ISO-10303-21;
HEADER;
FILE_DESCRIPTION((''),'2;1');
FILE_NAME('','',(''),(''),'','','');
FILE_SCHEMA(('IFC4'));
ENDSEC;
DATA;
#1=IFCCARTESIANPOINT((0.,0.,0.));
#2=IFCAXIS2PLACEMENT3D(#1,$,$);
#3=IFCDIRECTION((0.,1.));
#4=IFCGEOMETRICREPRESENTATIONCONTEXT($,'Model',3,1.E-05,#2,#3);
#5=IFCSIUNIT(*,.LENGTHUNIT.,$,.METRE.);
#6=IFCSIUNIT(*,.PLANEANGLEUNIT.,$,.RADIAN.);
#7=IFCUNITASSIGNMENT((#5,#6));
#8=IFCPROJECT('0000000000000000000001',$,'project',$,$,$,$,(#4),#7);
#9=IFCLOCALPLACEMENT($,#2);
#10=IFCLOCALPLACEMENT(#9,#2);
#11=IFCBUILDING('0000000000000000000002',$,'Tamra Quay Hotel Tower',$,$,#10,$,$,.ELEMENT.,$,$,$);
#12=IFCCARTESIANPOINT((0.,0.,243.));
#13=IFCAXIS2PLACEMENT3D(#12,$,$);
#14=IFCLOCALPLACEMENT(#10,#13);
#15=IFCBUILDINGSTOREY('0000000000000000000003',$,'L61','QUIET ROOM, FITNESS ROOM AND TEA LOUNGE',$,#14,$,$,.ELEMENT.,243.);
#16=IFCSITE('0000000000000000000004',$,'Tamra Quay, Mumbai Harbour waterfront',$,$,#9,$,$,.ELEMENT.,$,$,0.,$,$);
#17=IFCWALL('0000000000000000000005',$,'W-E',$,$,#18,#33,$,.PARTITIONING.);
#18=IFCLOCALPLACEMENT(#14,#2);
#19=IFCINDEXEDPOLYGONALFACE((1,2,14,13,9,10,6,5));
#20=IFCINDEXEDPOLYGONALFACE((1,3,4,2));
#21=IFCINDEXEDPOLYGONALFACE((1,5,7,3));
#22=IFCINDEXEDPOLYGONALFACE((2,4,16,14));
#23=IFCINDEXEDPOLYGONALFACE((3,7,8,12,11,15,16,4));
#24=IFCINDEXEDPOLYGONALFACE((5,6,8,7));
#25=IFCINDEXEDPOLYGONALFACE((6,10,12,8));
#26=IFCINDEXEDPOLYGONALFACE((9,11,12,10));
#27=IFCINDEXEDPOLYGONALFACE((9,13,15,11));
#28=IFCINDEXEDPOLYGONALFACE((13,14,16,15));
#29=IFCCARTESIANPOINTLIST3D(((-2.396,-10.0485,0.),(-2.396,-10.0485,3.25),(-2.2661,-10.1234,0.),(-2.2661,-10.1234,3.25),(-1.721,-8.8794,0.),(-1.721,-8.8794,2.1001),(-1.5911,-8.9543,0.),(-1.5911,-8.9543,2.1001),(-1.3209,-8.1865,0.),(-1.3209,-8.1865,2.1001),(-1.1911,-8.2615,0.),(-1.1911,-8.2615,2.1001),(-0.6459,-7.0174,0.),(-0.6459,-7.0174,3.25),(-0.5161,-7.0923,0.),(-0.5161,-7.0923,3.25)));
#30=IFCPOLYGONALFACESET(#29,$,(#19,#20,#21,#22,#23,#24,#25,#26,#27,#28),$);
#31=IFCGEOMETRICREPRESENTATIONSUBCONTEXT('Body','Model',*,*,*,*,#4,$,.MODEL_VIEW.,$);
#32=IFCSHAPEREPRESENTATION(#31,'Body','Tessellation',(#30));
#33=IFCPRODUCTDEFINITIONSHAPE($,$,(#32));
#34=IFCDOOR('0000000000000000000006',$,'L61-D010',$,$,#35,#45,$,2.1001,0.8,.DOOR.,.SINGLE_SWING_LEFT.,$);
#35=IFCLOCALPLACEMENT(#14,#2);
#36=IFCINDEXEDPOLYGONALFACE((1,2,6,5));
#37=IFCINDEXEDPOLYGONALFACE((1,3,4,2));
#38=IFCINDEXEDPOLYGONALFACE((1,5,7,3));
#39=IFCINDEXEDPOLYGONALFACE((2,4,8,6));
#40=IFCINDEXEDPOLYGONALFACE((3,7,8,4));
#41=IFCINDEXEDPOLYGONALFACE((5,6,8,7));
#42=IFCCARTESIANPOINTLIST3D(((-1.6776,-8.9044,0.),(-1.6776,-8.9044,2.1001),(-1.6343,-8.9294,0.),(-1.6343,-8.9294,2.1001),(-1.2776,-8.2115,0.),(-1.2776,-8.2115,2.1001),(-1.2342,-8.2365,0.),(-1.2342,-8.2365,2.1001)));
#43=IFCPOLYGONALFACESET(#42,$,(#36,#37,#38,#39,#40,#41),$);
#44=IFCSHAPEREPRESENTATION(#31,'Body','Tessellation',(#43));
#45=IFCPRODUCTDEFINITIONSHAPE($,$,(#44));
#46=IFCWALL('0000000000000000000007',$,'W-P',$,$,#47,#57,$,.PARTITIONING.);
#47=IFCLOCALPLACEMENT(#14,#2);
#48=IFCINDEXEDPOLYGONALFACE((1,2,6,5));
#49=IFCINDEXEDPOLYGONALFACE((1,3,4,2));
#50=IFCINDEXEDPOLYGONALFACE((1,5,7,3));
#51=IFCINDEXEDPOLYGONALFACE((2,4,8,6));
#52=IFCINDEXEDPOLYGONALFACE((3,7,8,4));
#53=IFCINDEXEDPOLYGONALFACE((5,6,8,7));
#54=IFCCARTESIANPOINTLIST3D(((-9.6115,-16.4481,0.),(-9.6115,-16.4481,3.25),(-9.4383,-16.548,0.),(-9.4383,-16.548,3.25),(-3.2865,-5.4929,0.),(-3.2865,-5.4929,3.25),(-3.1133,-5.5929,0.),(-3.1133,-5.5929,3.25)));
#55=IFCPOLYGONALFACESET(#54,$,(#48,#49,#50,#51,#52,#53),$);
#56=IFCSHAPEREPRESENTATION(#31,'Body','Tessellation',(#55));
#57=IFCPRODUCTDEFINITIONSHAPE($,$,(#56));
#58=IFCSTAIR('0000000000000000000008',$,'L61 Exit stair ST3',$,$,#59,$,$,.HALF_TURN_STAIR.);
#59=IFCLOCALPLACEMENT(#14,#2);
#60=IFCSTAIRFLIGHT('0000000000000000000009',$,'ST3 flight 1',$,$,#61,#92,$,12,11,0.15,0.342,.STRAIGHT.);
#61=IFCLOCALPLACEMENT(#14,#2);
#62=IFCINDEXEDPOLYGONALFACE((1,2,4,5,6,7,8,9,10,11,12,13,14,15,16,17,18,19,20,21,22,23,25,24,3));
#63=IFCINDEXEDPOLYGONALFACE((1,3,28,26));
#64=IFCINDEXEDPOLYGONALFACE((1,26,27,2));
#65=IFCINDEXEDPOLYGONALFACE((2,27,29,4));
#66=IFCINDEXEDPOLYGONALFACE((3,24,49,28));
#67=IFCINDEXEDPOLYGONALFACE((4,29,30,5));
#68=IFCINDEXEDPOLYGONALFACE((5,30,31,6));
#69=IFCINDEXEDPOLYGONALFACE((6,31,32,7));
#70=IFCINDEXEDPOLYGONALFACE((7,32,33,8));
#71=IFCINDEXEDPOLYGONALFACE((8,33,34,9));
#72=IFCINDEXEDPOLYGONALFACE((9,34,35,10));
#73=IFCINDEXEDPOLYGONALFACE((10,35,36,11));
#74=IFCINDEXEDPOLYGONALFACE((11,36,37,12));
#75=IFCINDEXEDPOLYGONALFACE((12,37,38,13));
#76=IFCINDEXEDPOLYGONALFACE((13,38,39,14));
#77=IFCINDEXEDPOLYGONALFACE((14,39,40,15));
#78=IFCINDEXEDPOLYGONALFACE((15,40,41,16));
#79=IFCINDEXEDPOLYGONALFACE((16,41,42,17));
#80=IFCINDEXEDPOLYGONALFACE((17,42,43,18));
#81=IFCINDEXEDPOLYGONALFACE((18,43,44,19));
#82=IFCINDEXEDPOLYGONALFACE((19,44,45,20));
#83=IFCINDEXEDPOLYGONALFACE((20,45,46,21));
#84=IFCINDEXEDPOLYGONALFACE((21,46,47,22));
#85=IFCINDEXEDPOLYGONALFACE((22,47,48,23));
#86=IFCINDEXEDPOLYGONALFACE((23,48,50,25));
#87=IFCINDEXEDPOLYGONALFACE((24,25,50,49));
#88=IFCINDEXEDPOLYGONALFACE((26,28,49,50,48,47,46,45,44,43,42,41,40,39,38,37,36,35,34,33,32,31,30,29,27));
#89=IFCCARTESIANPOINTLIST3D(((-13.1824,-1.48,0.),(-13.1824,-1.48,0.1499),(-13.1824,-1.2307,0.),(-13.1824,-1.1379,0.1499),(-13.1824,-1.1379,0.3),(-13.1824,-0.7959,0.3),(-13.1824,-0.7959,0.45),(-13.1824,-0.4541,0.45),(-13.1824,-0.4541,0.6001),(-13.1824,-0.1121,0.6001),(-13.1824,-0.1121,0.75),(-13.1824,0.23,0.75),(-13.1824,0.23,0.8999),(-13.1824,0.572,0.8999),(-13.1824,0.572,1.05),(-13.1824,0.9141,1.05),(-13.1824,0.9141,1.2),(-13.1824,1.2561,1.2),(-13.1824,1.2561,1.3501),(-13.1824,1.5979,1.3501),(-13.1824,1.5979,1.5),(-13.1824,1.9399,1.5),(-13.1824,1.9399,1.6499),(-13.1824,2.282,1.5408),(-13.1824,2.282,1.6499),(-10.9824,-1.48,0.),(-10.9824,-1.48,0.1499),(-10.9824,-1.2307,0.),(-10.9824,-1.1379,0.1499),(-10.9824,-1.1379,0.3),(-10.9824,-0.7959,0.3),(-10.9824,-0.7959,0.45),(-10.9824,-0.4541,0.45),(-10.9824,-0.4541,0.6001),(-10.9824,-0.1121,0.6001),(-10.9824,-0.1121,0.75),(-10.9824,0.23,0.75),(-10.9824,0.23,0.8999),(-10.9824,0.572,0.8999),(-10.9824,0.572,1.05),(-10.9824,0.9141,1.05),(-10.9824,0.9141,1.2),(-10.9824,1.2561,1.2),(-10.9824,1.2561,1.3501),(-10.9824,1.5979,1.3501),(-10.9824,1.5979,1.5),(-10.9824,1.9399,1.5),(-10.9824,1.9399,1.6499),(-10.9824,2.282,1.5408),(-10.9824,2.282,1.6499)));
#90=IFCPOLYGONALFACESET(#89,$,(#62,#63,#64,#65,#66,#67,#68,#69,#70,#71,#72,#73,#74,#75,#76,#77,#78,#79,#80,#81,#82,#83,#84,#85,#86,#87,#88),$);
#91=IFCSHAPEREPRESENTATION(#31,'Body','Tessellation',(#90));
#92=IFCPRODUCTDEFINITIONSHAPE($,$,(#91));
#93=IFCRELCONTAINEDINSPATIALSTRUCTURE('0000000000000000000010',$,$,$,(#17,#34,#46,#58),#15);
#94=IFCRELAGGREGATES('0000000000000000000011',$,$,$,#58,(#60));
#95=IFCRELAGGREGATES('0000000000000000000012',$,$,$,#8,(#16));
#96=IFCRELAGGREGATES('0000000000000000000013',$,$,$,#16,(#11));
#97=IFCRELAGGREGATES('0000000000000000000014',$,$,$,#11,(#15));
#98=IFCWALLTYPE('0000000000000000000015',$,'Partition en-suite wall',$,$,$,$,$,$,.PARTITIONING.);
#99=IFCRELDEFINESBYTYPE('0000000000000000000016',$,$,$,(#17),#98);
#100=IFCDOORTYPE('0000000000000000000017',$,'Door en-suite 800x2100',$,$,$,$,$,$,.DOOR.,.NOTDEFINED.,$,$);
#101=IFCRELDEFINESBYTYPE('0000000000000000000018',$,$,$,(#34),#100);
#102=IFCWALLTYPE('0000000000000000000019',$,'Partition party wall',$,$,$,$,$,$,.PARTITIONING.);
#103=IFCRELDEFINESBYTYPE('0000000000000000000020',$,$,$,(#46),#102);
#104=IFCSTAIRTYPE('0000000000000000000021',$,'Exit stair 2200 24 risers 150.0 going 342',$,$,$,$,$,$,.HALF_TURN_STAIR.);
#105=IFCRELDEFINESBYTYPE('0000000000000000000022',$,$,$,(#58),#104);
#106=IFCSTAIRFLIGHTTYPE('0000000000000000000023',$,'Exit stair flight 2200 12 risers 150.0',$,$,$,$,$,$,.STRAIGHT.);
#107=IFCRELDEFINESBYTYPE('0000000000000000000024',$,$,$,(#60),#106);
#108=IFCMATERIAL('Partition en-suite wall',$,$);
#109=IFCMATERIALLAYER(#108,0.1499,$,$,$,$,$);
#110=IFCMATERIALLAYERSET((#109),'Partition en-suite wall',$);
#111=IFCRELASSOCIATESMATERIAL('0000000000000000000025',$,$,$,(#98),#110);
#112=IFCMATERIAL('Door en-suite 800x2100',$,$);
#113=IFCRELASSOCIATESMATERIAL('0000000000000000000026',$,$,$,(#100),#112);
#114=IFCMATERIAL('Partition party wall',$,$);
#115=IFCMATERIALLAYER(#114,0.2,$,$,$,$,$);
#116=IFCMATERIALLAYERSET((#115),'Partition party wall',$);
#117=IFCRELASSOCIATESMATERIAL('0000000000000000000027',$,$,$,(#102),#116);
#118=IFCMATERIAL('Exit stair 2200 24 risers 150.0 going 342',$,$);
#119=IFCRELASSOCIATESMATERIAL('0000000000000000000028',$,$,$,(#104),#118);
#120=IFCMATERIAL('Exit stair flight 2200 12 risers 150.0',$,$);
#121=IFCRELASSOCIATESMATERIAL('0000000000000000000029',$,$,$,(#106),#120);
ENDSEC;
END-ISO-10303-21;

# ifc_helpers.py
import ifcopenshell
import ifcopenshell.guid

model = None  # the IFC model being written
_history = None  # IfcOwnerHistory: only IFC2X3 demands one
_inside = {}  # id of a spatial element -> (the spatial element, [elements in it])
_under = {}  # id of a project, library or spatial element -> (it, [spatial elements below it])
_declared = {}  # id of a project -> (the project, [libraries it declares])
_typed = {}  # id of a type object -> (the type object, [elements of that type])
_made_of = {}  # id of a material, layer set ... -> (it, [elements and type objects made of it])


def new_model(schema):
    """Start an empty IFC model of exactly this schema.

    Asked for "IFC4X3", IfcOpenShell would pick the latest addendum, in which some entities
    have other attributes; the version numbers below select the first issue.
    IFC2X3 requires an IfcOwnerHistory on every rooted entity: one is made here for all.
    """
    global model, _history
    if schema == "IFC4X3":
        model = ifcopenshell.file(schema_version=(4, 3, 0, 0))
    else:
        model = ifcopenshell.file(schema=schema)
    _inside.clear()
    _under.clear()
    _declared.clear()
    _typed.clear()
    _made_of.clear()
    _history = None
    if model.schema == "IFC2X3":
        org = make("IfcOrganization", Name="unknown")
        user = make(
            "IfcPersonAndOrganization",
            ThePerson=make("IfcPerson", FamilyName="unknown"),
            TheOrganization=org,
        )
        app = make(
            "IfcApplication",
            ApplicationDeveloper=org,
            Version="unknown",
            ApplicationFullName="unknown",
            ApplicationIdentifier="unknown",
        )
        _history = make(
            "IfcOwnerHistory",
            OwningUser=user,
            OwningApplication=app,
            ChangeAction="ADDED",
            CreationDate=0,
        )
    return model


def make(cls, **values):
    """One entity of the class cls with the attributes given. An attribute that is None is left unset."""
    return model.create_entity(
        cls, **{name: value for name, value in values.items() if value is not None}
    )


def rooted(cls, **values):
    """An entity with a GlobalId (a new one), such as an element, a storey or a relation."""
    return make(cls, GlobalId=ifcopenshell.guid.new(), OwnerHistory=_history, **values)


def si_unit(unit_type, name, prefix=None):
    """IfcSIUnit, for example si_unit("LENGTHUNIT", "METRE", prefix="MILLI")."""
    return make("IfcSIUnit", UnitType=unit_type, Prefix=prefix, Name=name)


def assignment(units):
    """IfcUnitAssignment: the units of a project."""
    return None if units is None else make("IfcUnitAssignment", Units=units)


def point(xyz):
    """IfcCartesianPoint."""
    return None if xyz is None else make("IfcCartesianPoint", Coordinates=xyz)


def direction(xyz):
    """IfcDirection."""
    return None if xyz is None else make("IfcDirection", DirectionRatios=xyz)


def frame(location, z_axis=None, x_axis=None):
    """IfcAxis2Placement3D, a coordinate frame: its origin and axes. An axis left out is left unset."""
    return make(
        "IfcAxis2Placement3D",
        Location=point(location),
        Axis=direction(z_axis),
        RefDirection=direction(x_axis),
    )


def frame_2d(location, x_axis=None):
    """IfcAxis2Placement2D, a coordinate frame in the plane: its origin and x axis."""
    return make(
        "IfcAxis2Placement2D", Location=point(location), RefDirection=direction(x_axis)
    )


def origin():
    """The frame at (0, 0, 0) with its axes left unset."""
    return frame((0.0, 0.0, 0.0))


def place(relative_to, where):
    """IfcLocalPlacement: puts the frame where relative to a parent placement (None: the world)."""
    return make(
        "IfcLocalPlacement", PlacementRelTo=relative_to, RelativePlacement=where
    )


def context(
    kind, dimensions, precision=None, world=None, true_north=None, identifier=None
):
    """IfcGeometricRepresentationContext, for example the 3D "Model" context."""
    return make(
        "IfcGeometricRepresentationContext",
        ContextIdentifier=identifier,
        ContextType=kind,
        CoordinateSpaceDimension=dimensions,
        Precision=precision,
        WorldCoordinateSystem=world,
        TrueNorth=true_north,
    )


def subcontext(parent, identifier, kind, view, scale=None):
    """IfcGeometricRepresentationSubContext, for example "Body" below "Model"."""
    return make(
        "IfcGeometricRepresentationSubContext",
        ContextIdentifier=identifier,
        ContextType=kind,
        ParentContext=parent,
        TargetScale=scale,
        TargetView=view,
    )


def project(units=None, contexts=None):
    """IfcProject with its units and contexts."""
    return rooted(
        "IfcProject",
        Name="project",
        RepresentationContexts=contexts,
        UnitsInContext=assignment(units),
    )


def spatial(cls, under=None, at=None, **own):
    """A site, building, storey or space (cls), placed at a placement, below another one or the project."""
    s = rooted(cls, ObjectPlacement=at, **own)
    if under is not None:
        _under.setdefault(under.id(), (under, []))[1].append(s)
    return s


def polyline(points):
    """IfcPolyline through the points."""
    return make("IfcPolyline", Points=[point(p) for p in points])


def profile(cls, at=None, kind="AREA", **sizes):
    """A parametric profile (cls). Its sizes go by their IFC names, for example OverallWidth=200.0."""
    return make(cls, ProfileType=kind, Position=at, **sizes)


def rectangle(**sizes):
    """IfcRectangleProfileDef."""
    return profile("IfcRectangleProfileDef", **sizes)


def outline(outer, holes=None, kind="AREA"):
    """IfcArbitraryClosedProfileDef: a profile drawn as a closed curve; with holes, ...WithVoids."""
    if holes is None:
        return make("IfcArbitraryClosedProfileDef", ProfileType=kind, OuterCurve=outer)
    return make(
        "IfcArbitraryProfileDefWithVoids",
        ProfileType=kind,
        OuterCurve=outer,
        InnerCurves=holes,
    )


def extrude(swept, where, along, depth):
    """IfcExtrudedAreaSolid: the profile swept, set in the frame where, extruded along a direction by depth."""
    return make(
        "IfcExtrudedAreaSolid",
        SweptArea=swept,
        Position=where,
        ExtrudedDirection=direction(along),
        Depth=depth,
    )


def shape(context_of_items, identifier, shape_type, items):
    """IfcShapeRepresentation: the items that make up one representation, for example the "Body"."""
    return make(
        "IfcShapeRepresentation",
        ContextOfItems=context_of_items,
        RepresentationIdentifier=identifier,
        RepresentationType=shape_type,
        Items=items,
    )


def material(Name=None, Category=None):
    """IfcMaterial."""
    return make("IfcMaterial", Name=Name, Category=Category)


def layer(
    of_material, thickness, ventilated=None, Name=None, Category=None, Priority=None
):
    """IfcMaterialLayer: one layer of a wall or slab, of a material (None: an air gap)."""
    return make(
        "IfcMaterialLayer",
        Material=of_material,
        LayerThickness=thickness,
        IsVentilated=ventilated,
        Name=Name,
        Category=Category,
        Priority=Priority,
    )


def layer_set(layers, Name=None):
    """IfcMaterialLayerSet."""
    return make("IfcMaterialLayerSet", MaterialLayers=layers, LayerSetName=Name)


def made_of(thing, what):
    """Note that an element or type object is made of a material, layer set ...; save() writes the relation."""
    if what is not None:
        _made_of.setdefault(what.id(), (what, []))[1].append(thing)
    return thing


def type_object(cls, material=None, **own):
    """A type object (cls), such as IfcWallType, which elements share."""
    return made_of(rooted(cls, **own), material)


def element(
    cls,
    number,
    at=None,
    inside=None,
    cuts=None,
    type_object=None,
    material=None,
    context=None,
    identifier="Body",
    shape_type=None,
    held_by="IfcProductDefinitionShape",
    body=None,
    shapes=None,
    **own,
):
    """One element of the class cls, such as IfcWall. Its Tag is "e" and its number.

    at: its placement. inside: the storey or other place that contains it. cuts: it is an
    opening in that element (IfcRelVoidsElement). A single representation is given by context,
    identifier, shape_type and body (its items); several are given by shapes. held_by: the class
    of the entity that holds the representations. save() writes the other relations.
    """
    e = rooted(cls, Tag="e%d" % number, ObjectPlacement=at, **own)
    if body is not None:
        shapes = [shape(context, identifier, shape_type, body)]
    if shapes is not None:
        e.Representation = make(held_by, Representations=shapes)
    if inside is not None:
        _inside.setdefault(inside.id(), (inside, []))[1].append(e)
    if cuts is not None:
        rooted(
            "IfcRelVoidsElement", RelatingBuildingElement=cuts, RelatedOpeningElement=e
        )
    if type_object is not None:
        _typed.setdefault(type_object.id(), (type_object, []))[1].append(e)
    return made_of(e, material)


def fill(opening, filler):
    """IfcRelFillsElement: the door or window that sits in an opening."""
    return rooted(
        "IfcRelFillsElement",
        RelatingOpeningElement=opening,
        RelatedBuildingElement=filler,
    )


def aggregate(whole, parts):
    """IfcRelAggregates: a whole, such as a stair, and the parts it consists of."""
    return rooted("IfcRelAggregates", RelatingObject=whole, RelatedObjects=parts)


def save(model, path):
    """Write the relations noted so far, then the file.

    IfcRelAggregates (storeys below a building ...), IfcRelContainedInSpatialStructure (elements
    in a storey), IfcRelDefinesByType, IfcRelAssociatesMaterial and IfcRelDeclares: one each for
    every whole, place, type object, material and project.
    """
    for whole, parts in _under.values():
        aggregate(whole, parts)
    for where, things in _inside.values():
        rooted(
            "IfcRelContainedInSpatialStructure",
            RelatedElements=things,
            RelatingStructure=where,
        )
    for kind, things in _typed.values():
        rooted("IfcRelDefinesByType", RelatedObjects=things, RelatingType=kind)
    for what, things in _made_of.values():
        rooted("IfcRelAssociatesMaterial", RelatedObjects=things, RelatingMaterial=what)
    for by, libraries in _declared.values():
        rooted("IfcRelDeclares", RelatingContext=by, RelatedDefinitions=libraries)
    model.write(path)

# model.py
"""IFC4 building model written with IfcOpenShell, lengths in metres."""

from ifc_helpers import new_model, si_unit, direction, frame, frame_2d, origin, place, context, subcontext, project, spatial, polyline, rectangle, outline, extrude, material, layer, layer_set, type_object, element, fill, aggregate, save


model = new_model("IFC4")

# Units and contexts
model_context = context("Model", 3, precision=1e-05, world=origin(), true_north=direction((0.0, 1.0)))
body_context = subcontext(model_context, "Body", "Model", "MODEL_VIEW")
ifc_project = project(units=[si_unit("LENGTHUNIT", "METRE"), si_unit("PLANEANGLEUNIT", "RADIAN")], contexts=[model_context])

# Site, building, storey
site_placement = place(None, origin())
site = spatial("IfcSite", under=ifc_project, at=site_placement, Name="Tamra Quay, Mumbai Harbour waterfront", CompositionType="ELEMENT", RefElevation=0.0)
building_placement = place(site_placement, origin())
building = spatial("IfcBuilding", under=site, at=building_placement, Name="Tamra Quay Hotel Tower", CompositionType="ELEMENT")
storey_placement = place(building_placement, frame((0.0, 0.0, 243.0)))
storey = spatial("IfcBuildingStorey", under=building, at=storey_placement, Name="L61", Description="QUIET ROOM, FITNESS ROOM AND TEA LOUNGE", CompositionType="ELEMENT", Elevation=243.0)

# Shared definitions
ifc_material_1 = material(Name="Partition en-suite wall")
ifc_layer_1 = layer(ifc_material_1, 0.1499)
ifc_layer_set_1 = layer_set([ifc_layer_1], Name="Partition en-suite wall")
wall_type_1 = type_object("IfcWallType", Name="Partition en-suite wall", PredefinedType="PARTITIONING", material=ifc_layer_set_1)

# Wall, opening, door
wall_1_placement = place(storey_placement, frame((-2.3311, -10.0859, 0.0), z_axis=(0.0, 0.0, 1.0), x_axis=(0.50001, 0.866019, 0.0)))
wall_1 = element("IfcWall", 1, at=wall_1_placement, inside=storey, type_object=wall_type_1, Name="W-E", PredefinedType="PARTITIONING", context=body_context, shape_type="SweptSolid", body=[
    extrude(rectangle(XDim=3.5, YDim=0.1499, at=frame_2d((1.75, 0.0))), origin(), (0.0, 0.0, 1.0), 3.25),
])
opening_1_placement = place(wall_1_placement, frame((1.3501, 0.0, 0.0)))
opening_1 = element("IfcOpeningElement", 2, at=opening_1_placement, cuts=wall_1, PredefinedType="OPENING", context=body_context, shape_type="SweptSolid", body=[
    extrude(rectangle(XDim=0.8, YDim=2.1001, at=frame_2d((0.3999, 1.05))), frame((0.0, 0.085, 0.0), z_axis=(0.0, -1.0, 0.0), x_axis=(1.0, 0.0, 0.0)), (0.0, 0.0, 1.0), 0.1699),
])
ifc_material_2 = material(Name="Door en-suite 800x2100")
door_type_1 = type_object("IfcDoorType", Name="Door en-suite 800x2100", OperationType="NOTDEFINED", PredefinedType="DOOR", material=ifc_material_2)
door_1_placement = place(opening_1_placement, origin())
door_1 = element("IfcDoor", 3, at=door_1_placement, inside=storey, type_object=door_type_1, Name="L61-D010", OperationType="SINGLE_SWING_LEFT", OverallHeight=2.1001, OverallWidth=0.8, PredefinedType="DOOR", context=body_context, shape_type="SweptSolid", body=[
    extrude(rectangle(XDim=0.8, YDim=2.1001, at=frame_2d((0.3999, 1.05))), frame((0.0, 0.0249, 0.0), z_axis=(0.0, -1.0, 0.0), x_axis=(1.0, 0.0, 0.0)), (0.0, 0.0, 1.0), 0.05),
])
fill(opening_1, door_1)

# Wall
ifc_material_3 = material(Name="Partition party wall")
ifc_layer_2 = layer(ifc_material_3, 0.2)
ifc_layer_set_2 = layer_set([ifc_layer_2], Name="Partition party wall")
wall_type_2 = type_object("IfcWallType", Name="Partition party wall", PredefinedType="PARTITIONING", material=ifc_layer_set_2)
wall_2_placement = place(storey_placement, frame((-9.5249, -16.498, 0.0), z_axis=(0.0, 0.0, 1.0), x_axis=(0.500002, 0.866024, 0.0)))
element("IfcWall", 4, at=wall_2_placement, inside=storey, type_object=wall_type_2, Name="W-P", PredefinedType="PARTITIONING", context=body_context, shape_type="SweptSolid", body=[
    extrude(rectangle(XDim=12.6499, YDim=0.2, at=frame_2d((6.325, 0.0))), origin(), (0.0, 0.0, 1.0), 3.25),
])

# Stair, stair flight
ifc_material_4 = material(Name="Exit stair 2200 24 risers 150.0 going 342")
stair_type = type_object("IfcStairType", Name="Exit stair 2200 24 risers 150.0 going 342", PredefinedType="HALF_TURN_STAIR", material=ifc_material_4)
stair_placement = place(storey_placement, origin())
stair = element("IfcStair", 5, at=stair_placement, inside=storey, type_object=stair_type, Name="L61 Exit stair ST3", PredefinedType="HALF_TURN_STAIR")
ifc_material_5 = material(Name="Exit stair flight 2200 12 risers 150.0")
stair_flight_type = type_object("IfcStairFlightType", Name="Exit stair flight 2200 12 risers 150.0", PredefinedType="STRAIGHT", material=ifc_material_5)
stair_flight_placement = place(storey_placement, frame((-12.0823, -1.48, 0.0), z_axis=(0.0, 0.0, 1.0), x_axis=(0.0, 1.0, 0.0)))
stair_flight = element("IfcStairFlight", 6, at=stair_flight_placement, type_object=stair_flight_type, Name="ST3 flight 1", NumberOfRisers=12, NumberOfTreads=11, PredefinedType="STRAIGHT", RiserHeight=0.15, TreadLength=0.342, context=body_context, shape_type="SweptSolid", body=[
    extrude(outline(polyline([(0.0, 0.0), (0.0, 0.1499), (0.342, 0.1499), (0.342, 0.3), (0.6841, 0.3), (0.6841, 0.45), (1.0259, 0.45), (1.0259, 0.6001), (1.3679, 0.6001), (1.3679, 0.75), (1.71, 0.75), (1.71, 0.8999), (2.052, 0.8999), (2.052, 1.05), (2.394, 1.05), (2.394, 1.2), (2.7361, 1.2), (2.7361, 1.3501), (3.0779, 1.3501), (3.0779, 1.5), (3.4199, 1.5), (3.4199, 1.6499), (3.762, 1.6499), (3.762, 1.8), (3.762, 1.5408), (0.2493, 0.0), (0.0, 0.0)])), frame((0.0, 1.1001, 0.0), z_axis=(0.0, -1.0, 0.0), x_axis=(1.0, 0.0, 0.0)), (0.0, 0.0, 1.0), 2.2),
])
aggregate(stair, [stair_flight])

save(model, "model.ifc")
